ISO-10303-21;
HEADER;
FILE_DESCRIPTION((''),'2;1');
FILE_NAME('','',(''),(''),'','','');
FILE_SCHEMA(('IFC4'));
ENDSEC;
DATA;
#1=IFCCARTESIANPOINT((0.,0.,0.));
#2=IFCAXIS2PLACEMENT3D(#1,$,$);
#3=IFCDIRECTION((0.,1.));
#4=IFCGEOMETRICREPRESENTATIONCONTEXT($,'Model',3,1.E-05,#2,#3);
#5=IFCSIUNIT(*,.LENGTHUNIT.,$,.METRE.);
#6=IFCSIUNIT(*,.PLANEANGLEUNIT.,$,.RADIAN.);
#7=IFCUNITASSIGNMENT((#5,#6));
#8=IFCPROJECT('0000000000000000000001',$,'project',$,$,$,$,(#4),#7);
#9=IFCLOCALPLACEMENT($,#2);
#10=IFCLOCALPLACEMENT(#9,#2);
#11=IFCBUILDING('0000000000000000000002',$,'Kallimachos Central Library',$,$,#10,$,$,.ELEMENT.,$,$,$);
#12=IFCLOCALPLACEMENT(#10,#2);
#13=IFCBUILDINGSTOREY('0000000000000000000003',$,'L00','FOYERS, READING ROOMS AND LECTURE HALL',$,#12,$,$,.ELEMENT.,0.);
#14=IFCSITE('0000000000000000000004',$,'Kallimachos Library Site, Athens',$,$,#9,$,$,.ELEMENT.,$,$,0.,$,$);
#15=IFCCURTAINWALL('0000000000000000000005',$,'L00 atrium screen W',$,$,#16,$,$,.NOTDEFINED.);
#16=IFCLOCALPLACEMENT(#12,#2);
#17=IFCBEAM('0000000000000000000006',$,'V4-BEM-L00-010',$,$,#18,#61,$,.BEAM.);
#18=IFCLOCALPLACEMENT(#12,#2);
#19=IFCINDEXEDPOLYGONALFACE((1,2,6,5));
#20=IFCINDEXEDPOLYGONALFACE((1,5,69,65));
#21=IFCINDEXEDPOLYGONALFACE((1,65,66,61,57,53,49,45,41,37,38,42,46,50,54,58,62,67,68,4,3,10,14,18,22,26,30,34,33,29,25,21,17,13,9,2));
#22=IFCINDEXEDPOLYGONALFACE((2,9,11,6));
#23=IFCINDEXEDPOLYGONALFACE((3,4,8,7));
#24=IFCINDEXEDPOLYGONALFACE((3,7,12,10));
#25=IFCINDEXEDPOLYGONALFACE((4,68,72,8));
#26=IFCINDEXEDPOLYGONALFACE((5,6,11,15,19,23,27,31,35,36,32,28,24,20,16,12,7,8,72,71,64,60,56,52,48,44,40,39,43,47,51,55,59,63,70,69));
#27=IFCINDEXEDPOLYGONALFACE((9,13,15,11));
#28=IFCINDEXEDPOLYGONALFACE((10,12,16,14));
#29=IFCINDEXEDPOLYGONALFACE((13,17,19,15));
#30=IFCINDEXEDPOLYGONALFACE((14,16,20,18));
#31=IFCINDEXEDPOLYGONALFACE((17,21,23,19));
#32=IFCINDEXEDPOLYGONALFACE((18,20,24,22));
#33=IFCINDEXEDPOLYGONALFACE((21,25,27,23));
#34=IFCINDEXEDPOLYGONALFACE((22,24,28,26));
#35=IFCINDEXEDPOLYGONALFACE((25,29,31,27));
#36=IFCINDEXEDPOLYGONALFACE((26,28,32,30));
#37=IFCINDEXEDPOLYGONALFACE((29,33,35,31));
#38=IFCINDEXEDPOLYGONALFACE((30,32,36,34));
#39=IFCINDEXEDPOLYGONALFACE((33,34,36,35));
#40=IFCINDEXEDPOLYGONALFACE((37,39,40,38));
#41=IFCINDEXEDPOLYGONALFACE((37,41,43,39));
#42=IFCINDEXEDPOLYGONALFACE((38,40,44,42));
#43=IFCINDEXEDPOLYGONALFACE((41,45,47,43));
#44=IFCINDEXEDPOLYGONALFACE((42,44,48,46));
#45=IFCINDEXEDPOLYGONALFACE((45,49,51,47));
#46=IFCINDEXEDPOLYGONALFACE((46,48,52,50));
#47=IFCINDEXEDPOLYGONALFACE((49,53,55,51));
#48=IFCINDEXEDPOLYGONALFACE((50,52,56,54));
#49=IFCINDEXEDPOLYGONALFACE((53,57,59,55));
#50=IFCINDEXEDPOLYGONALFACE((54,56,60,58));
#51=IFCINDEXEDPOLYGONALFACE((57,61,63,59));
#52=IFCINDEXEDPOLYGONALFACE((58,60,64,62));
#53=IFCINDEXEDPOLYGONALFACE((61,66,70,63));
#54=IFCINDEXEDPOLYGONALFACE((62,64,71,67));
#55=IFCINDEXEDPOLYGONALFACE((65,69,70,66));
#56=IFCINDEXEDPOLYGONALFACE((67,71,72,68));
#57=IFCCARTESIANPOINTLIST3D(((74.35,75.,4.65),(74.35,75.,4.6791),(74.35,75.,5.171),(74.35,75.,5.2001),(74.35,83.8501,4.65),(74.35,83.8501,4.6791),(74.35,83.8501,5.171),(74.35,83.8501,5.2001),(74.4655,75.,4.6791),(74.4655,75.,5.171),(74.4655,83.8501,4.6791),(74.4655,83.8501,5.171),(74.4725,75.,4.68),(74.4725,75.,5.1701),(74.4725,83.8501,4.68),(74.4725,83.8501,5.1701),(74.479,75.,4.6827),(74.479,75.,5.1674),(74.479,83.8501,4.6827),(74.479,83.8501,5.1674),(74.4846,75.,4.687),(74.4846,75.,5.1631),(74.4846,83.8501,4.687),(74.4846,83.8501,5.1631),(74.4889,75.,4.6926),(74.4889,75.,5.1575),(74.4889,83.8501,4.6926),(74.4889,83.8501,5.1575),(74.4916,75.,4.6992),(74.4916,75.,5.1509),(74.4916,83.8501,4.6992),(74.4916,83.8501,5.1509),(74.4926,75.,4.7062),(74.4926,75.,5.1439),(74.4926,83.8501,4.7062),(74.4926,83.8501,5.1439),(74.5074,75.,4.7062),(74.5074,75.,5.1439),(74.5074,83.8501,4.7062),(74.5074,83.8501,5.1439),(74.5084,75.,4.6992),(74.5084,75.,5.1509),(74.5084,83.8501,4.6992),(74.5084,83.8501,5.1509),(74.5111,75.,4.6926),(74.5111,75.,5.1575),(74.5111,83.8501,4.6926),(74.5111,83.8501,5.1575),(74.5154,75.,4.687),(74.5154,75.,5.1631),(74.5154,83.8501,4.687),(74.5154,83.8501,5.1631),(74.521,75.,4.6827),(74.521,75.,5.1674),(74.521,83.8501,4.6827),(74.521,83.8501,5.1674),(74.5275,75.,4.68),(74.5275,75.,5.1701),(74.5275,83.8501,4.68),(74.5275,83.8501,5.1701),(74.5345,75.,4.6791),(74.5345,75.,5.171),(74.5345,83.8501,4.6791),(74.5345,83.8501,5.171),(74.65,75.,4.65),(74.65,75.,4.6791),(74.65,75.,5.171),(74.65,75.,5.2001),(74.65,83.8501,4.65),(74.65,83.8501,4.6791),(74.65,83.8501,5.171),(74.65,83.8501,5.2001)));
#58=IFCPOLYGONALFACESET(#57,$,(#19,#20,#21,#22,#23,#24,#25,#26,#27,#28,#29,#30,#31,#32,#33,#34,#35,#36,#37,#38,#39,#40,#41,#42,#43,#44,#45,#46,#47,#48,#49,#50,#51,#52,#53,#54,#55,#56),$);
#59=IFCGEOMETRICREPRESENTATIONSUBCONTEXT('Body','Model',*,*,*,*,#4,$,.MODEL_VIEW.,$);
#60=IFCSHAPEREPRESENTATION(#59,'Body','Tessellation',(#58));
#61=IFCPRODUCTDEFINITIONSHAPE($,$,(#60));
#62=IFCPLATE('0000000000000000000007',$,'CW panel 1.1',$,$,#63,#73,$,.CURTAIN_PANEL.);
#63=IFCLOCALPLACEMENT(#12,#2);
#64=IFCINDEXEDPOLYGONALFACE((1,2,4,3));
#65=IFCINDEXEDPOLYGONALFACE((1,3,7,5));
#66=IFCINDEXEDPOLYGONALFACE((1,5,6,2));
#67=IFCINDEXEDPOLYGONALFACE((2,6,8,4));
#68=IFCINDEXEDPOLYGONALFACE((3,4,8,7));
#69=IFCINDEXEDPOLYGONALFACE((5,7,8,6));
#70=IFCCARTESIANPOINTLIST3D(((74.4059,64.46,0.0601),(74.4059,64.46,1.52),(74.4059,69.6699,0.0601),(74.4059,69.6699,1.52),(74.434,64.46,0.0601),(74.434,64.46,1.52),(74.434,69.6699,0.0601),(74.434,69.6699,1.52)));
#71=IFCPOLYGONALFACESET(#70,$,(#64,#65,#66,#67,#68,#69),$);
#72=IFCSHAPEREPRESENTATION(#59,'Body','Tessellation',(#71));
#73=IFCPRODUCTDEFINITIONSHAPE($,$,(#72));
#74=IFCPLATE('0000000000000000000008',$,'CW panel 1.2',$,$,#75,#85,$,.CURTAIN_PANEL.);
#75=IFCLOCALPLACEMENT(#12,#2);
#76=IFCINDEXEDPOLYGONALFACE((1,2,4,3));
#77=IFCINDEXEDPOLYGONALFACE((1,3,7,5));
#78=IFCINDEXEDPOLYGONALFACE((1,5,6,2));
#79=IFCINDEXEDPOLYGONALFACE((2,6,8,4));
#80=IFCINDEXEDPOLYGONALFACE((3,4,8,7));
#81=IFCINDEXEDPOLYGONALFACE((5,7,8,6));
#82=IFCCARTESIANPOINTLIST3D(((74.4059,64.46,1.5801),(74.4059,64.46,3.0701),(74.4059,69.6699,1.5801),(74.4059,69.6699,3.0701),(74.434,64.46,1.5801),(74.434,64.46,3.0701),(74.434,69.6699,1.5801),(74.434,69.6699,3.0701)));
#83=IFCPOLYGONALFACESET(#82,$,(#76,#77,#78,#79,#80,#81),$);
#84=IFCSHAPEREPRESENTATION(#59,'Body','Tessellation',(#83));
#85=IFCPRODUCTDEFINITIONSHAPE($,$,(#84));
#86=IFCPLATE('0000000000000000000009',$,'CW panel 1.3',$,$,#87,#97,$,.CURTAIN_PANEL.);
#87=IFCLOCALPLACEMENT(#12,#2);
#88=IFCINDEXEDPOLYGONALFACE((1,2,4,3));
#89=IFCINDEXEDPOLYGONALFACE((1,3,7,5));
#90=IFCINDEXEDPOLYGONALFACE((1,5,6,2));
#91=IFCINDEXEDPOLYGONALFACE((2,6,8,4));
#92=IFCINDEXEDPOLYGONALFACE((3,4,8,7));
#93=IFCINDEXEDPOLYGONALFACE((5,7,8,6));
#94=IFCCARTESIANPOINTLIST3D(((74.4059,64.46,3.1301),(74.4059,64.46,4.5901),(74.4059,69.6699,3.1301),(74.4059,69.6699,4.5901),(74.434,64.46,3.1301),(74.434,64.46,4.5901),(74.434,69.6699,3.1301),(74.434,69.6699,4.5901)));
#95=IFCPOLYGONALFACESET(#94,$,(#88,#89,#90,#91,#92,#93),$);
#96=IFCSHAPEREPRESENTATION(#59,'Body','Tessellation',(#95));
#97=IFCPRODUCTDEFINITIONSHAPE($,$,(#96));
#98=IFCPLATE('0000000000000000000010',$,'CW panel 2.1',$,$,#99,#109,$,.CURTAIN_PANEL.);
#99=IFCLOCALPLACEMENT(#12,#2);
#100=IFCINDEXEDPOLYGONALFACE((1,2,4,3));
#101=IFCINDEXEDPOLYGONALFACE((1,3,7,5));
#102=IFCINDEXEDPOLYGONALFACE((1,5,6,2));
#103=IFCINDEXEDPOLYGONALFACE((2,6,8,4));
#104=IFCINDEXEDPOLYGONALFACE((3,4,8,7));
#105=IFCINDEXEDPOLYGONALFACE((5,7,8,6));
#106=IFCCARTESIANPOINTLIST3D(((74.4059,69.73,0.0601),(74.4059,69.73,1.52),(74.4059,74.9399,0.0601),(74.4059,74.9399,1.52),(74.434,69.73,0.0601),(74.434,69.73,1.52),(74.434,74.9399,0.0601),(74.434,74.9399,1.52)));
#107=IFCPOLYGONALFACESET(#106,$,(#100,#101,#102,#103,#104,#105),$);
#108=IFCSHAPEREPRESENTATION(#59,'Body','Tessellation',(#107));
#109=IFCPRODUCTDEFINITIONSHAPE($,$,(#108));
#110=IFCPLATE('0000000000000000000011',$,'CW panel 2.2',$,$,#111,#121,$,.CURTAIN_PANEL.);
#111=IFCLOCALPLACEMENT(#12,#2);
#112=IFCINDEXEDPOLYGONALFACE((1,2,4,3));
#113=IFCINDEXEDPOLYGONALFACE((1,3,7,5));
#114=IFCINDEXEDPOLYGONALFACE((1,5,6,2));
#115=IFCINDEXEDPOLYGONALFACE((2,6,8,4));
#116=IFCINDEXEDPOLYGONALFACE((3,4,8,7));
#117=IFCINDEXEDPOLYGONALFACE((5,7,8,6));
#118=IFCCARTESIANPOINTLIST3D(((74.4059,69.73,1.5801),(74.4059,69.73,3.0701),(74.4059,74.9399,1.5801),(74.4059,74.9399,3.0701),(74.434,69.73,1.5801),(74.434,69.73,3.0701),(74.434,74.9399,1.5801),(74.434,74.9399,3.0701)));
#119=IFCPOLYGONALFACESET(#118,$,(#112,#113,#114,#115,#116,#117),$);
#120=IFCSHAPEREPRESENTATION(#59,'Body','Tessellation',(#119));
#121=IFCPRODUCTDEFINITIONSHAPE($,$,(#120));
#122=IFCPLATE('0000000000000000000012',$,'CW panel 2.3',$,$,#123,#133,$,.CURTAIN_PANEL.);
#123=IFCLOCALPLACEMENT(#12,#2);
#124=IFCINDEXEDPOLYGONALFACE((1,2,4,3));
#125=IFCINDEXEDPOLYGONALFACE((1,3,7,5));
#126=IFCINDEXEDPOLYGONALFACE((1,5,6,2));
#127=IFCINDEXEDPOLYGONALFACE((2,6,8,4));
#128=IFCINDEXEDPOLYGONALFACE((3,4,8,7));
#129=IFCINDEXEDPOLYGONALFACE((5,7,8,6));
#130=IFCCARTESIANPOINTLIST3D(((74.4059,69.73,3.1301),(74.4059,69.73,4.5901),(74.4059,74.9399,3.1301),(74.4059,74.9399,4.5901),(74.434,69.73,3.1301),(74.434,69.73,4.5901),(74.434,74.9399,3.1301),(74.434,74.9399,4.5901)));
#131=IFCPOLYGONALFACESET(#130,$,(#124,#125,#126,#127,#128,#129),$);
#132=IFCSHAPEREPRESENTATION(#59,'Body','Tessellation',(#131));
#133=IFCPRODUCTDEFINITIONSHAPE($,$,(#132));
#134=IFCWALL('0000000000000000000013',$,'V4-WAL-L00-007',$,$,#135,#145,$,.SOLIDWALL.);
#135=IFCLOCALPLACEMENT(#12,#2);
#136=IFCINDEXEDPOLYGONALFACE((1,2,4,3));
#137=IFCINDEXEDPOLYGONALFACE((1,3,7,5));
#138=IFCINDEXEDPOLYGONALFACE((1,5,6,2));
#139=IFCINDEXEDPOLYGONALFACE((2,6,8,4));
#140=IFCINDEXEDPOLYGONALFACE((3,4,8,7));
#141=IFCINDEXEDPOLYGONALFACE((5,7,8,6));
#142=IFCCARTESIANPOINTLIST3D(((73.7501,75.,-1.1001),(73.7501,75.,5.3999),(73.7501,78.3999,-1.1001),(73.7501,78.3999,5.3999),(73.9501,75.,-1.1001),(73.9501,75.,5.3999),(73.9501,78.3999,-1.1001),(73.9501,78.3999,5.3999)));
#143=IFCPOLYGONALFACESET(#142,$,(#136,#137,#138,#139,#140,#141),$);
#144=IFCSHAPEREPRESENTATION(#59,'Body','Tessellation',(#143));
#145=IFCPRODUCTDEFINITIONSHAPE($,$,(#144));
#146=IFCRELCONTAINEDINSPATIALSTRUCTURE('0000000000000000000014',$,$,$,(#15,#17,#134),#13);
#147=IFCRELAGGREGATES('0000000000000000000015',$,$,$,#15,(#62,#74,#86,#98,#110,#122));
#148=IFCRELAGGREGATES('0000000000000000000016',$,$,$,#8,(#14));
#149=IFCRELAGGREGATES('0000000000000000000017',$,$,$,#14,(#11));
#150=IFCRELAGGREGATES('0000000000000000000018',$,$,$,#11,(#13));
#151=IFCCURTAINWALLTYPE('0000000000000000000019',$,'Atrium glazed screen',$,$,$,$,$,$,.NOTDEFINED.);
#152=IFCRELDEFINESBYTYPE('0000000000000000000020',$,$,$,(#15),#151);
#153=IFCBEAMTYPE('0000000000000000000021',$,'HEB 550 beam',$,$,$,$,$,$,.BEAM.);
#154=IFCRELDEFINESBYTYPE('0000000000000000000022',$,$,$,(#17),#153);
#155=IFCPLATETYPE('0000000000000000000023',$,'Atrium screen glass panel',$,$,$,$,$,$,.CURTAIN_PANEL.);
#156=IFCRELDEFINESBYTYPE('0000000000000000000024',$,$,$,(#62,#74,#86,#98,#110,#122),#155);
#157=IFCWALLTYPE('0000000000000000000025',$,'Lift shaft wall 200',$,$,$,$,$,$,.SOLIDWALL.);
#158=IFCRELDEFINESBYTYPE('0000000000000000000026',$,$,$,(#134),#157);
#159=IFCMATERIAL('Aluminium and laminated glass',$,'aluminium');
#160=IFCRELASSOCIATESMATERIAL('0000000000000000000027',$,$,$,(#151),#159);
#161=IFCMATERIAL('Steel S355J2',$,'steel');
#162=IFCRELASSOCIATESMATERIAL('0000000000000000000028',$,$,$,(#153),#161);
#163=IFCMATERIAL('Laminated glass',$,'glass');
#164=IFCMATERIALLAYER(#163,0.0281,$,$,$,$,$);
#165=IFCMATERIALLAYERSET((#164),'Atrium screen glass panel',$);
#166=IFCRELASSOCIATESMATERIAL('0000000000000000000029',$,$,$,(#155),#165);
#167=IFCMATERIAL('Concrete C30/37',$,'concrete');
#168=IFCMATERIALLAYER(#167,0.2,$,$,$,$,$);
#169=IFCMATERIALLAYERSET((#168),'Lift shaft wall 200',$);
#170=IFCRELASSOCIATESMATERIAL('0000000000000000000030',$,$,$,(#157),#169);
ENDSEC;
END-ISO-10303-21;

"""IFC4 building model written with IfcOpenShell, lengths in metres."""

from ifc_helpers import new_model, si_unit, direction, frame, frame_2d, origin, origin_2d, place, context, subcontext, project, spatial, rectangle, i_section, extrude, material, layer, layer_set, material_profile, profile_set, type_object, element, aggregate, save


model = new_model("IFC4")

# Units and contexts
model_context = context("Model", 3, precision=1e-05, world=origin(), true_north=direction((0.0, 1.0)))
body_context = subcontext(model_context, "Body", "Model", "MODEL_VIEW")
ifc_project = project(units=[si_unit("LENGTHUNIT", "METRE"), si_unit("PLANEANGLEUNIT", "RADIAN")], contexts=[model_context])

# Site, building, storey
site_placement = place(None, origin())
site = spatial("IfcSite", under=ifc_project, at=site_placement, Name="Kallimachos Library Site, Athens", CompositionType="ELEMENT", RefElevation=0.0)
building_placement = place(site_placement, origin())
building = spatial("IfcBuilding", under=site, at=building_placement, Name="Kallimachos Central Library", CompositionType="ELEMENT")
storey_placement = place(building_placement, origin())
storey = spatial("IfcBuildingStorey", under=building, at=storey_placement, Name="L00", Description="FOYERS, READING ROOMS AND LECTURE HALL", CompositionType="ELEMENT", Elevation=0.0)

# Shared definitions
ifc_material_1 = material(Name="Aluminium and laminated glass", Category="aluminium")
curtain_wall_type = type_object("IfcCurtainWallType", Name="Atrium glazed screen", PredefinedType="NOTDEFINED", material=ifc_material_1)

# Curtain wall
curtain_wall_1_placement = place(storey_placement, origin())
curtain_wall_1 = element("IfcCurtainWall", 1, at=curtain_wall_1_placement, inside=storey, type_object=curtain_wall_type, Name="L00 atrium screen W", PredefinedType="NOTDEFINED")

# Beam
ifc_material_2 = material(Name="Steel S355J2", Category="steel")
ifc_material_profile_1 = material_profile(ifc_material_2, i_section(OverallWidth=0.3, OverallDepth=0.55, WebThickness=0.0149, FlangeThickness=0.0291, FilletRadius=0.0271, at=origin_2d()), Name="HEB 550")
ifc_profile_set_1 = profile_set([ifc_material_profile_1], Name="Steel S355J2")
beam_type = type_object("IfcBeamType", Name="HEB 550 beam", PredefinedType="BEAM", material=ifc_profile_set_1)
beam_1_placement = place(storey_placement, frame((74.5, 75.0, 4.925), z_axis=(0.0, 1.0, 0.0), x_axis=(-1.0, 0.0, 0.0)))
element("IfcBeam", 2, at=beam_1_placement, inside=storey, type_object=beam_type, Name="V4-BEM-L00-010", PredefinedType="BEAM", context=body_context, shape_type="SweptSolid", body=[
    extrude(i_section(OverallWidth=0.3, OverallDepth=0.55, WebThickness=0.0149, FlangeThickness=0.0291, FilletRadius=0.0271, at=origin_2d()), origin(), (0.0, 0.0, 1.0), 8.8501),
])

# Plates
ifc_material_3 = material(Name="Laminated glass", Category="glass")
ifc_layer_1 = layer(ifc_material_3, 0.0281)
ifc_layer_set_1 = layer_set([ifc_layer_1], Name="Atrium screen glass panel")
plate_type = type_object("IfcPlateType", Name="Atrium screen glass panel", PredefinedType="CURTAIN_PANEL", material=ifc_layer_set_1)
plate_1_placement = place(storey_placement, frame((74.4199, 67.0649, 0.0601), z_axis=(0.0, 0.0, 1.0), x_axis=(0.0, 1.0, 0.0)))
plate_1 = element("IfcPlate", 3, at=plate_1_placement, type_object=plate_type, Name="CW panel 1.1", PredefinedType="CURTAIN_PANEL", context=body_context, shape_type="SweptSolid", body=[
    extrude(rectangle(XDim=5.21, YDim=0.0281, at=origin_2d()), origin(), (0.0, 0.0, 1.0), 1.46),
])
plate_2_placement = place(storey_placement, frame((74.4199, 67.0649, 1.5801), z_axis=(0.0, 0.0, 1.0), x_axis=(0.0, 1.0, 0.0)))
plate_2 = element("IfcPlate", 4, at=plate_2_placement, type_object=plate_type, Name="CW panel 1.2", PredefinedType="CURTAIN_PANEL", context=body_context, shape_type="SweptSolid", body=[
    extrude(rectangle(XDim=5.21, YDim=0.0281, at=origin_2d()), origin(), (0.0, 0.0, 1.0), 1.49),
])
plate_3_placement = place(storey_placement, frame((74.4199, 67.0649, 3.1301), z_axis=(0.0, 0.0, 1.0), x_axis=(0.0, 1.0, 0.0)))
plate_3 = element("IfcPlate", 5, at=plate_3_placement, type_object=plate_type, Name="CW panel 1.3", PredefinedType="CURTAIN_PANEL", context=body_context, shape_type="SweptSolid", body=[
    extrude(rectangle(XDim=5.21, YDim=0.0281, at=origin_2d()), origin(), (0.0, 0.0, 1.0), 1.46),
])
plate_4_placement = place(storey_placement, frame((74.4199, 72.335, 0.0601), z_axis=(0.0, 0.0, 1.0), x_axis=(0.0, 1.0, 0.0)))
plate_4 = element("IfcPlate", 6, at=plate_4_placement, type_object=plate_type, Name="CW panel 2.1", PredefinedType="CURTAIN_PANEL", context=body_context, shape_type="SweptSolid", body=[
    extrude(rectangle(XDim=5.21, YDim=0.0281, at=origin_2d()), origin(), (0.0, 0.0, 1.0), 1.46),
])
plate_5_placement = place(storey_placement, frame((74.4199, 72.335, 1.5801), z_axis=(0.0, 0.0, 1.0), x_axis=(0.0, 1.0, 0.0)))
plate_5 = element("IfcPlate", 7, at=plate_5_placement, type_object=plate_type, Name="CW panel 2.2", PredefinedType="CURTAIN_PANEL", context=body_context, shape_type="SweptSolid", body=[
    extrude(rectangle(XDim=5.21, YDim=0.0281, at=origin_2d()), origin(), (0.0, 0.0, 1.0), 1.49),
])
plate_6_placement = place(storey_placement, frame((74.4199, 72.335, 3.1301), z_axis=(0.0, 0.0, 1.0), x_axis=(0.0, 1.0, 0.0)))
plate_6 = element("IfcPlate", 8, at=plate_6_placement, type_object=plate_type, Name="CW panel 2.3", PredefinedType="CURTAIN_PANEL", context=body_context, shape_type="SweptSolid", body=[
    extrude(rectangle(XDim=5.21, YDim=0.0281, at=origin_2d()), origin(), (0.0, 0.0, 1.0), 1.46),
])
aggregate(curtain_wall_1, [plate_1, plate_2, plate_3, plate_4, plate_5, plate_6])

# Wall
ifc_material_4 = material(Name="Concrete C30/37", Category="concrete")
ifc_layer_2 = layer(ifc_material_4, 0.2)
ifc_layer_set_2 = layer_set([ifc_layer_2], Name="Lift shaft wall 200")
wall_type = type_object("IfcWallType", Name="Lift shaft wall 200", PredefinedType="SOLIDWALL", material=ifc_layer_set_2)
wall_placement = place(storey_placement, frame((73.8501, 75.0, -1.1001), z_axis=(0.0, 0.0, 1.0), x_axis=(0.0, 1.0, 0.0)))
element("IfcWall", 9, at=wall_placement, inside=storey, type_object=wall_type, Name="V4-WAL-L00-007", PredefinedType="SOLIDWALL", context=body_context, shape_type="SweptSolid", body=[
    extrude(rectangle(XDim=3.3999, YDim=0.2, at=frame_2d((1.7, 0.0))), origin(), (0.0, 0.0, 1.0), 6.5),
])

save(model, "model.ifc")
